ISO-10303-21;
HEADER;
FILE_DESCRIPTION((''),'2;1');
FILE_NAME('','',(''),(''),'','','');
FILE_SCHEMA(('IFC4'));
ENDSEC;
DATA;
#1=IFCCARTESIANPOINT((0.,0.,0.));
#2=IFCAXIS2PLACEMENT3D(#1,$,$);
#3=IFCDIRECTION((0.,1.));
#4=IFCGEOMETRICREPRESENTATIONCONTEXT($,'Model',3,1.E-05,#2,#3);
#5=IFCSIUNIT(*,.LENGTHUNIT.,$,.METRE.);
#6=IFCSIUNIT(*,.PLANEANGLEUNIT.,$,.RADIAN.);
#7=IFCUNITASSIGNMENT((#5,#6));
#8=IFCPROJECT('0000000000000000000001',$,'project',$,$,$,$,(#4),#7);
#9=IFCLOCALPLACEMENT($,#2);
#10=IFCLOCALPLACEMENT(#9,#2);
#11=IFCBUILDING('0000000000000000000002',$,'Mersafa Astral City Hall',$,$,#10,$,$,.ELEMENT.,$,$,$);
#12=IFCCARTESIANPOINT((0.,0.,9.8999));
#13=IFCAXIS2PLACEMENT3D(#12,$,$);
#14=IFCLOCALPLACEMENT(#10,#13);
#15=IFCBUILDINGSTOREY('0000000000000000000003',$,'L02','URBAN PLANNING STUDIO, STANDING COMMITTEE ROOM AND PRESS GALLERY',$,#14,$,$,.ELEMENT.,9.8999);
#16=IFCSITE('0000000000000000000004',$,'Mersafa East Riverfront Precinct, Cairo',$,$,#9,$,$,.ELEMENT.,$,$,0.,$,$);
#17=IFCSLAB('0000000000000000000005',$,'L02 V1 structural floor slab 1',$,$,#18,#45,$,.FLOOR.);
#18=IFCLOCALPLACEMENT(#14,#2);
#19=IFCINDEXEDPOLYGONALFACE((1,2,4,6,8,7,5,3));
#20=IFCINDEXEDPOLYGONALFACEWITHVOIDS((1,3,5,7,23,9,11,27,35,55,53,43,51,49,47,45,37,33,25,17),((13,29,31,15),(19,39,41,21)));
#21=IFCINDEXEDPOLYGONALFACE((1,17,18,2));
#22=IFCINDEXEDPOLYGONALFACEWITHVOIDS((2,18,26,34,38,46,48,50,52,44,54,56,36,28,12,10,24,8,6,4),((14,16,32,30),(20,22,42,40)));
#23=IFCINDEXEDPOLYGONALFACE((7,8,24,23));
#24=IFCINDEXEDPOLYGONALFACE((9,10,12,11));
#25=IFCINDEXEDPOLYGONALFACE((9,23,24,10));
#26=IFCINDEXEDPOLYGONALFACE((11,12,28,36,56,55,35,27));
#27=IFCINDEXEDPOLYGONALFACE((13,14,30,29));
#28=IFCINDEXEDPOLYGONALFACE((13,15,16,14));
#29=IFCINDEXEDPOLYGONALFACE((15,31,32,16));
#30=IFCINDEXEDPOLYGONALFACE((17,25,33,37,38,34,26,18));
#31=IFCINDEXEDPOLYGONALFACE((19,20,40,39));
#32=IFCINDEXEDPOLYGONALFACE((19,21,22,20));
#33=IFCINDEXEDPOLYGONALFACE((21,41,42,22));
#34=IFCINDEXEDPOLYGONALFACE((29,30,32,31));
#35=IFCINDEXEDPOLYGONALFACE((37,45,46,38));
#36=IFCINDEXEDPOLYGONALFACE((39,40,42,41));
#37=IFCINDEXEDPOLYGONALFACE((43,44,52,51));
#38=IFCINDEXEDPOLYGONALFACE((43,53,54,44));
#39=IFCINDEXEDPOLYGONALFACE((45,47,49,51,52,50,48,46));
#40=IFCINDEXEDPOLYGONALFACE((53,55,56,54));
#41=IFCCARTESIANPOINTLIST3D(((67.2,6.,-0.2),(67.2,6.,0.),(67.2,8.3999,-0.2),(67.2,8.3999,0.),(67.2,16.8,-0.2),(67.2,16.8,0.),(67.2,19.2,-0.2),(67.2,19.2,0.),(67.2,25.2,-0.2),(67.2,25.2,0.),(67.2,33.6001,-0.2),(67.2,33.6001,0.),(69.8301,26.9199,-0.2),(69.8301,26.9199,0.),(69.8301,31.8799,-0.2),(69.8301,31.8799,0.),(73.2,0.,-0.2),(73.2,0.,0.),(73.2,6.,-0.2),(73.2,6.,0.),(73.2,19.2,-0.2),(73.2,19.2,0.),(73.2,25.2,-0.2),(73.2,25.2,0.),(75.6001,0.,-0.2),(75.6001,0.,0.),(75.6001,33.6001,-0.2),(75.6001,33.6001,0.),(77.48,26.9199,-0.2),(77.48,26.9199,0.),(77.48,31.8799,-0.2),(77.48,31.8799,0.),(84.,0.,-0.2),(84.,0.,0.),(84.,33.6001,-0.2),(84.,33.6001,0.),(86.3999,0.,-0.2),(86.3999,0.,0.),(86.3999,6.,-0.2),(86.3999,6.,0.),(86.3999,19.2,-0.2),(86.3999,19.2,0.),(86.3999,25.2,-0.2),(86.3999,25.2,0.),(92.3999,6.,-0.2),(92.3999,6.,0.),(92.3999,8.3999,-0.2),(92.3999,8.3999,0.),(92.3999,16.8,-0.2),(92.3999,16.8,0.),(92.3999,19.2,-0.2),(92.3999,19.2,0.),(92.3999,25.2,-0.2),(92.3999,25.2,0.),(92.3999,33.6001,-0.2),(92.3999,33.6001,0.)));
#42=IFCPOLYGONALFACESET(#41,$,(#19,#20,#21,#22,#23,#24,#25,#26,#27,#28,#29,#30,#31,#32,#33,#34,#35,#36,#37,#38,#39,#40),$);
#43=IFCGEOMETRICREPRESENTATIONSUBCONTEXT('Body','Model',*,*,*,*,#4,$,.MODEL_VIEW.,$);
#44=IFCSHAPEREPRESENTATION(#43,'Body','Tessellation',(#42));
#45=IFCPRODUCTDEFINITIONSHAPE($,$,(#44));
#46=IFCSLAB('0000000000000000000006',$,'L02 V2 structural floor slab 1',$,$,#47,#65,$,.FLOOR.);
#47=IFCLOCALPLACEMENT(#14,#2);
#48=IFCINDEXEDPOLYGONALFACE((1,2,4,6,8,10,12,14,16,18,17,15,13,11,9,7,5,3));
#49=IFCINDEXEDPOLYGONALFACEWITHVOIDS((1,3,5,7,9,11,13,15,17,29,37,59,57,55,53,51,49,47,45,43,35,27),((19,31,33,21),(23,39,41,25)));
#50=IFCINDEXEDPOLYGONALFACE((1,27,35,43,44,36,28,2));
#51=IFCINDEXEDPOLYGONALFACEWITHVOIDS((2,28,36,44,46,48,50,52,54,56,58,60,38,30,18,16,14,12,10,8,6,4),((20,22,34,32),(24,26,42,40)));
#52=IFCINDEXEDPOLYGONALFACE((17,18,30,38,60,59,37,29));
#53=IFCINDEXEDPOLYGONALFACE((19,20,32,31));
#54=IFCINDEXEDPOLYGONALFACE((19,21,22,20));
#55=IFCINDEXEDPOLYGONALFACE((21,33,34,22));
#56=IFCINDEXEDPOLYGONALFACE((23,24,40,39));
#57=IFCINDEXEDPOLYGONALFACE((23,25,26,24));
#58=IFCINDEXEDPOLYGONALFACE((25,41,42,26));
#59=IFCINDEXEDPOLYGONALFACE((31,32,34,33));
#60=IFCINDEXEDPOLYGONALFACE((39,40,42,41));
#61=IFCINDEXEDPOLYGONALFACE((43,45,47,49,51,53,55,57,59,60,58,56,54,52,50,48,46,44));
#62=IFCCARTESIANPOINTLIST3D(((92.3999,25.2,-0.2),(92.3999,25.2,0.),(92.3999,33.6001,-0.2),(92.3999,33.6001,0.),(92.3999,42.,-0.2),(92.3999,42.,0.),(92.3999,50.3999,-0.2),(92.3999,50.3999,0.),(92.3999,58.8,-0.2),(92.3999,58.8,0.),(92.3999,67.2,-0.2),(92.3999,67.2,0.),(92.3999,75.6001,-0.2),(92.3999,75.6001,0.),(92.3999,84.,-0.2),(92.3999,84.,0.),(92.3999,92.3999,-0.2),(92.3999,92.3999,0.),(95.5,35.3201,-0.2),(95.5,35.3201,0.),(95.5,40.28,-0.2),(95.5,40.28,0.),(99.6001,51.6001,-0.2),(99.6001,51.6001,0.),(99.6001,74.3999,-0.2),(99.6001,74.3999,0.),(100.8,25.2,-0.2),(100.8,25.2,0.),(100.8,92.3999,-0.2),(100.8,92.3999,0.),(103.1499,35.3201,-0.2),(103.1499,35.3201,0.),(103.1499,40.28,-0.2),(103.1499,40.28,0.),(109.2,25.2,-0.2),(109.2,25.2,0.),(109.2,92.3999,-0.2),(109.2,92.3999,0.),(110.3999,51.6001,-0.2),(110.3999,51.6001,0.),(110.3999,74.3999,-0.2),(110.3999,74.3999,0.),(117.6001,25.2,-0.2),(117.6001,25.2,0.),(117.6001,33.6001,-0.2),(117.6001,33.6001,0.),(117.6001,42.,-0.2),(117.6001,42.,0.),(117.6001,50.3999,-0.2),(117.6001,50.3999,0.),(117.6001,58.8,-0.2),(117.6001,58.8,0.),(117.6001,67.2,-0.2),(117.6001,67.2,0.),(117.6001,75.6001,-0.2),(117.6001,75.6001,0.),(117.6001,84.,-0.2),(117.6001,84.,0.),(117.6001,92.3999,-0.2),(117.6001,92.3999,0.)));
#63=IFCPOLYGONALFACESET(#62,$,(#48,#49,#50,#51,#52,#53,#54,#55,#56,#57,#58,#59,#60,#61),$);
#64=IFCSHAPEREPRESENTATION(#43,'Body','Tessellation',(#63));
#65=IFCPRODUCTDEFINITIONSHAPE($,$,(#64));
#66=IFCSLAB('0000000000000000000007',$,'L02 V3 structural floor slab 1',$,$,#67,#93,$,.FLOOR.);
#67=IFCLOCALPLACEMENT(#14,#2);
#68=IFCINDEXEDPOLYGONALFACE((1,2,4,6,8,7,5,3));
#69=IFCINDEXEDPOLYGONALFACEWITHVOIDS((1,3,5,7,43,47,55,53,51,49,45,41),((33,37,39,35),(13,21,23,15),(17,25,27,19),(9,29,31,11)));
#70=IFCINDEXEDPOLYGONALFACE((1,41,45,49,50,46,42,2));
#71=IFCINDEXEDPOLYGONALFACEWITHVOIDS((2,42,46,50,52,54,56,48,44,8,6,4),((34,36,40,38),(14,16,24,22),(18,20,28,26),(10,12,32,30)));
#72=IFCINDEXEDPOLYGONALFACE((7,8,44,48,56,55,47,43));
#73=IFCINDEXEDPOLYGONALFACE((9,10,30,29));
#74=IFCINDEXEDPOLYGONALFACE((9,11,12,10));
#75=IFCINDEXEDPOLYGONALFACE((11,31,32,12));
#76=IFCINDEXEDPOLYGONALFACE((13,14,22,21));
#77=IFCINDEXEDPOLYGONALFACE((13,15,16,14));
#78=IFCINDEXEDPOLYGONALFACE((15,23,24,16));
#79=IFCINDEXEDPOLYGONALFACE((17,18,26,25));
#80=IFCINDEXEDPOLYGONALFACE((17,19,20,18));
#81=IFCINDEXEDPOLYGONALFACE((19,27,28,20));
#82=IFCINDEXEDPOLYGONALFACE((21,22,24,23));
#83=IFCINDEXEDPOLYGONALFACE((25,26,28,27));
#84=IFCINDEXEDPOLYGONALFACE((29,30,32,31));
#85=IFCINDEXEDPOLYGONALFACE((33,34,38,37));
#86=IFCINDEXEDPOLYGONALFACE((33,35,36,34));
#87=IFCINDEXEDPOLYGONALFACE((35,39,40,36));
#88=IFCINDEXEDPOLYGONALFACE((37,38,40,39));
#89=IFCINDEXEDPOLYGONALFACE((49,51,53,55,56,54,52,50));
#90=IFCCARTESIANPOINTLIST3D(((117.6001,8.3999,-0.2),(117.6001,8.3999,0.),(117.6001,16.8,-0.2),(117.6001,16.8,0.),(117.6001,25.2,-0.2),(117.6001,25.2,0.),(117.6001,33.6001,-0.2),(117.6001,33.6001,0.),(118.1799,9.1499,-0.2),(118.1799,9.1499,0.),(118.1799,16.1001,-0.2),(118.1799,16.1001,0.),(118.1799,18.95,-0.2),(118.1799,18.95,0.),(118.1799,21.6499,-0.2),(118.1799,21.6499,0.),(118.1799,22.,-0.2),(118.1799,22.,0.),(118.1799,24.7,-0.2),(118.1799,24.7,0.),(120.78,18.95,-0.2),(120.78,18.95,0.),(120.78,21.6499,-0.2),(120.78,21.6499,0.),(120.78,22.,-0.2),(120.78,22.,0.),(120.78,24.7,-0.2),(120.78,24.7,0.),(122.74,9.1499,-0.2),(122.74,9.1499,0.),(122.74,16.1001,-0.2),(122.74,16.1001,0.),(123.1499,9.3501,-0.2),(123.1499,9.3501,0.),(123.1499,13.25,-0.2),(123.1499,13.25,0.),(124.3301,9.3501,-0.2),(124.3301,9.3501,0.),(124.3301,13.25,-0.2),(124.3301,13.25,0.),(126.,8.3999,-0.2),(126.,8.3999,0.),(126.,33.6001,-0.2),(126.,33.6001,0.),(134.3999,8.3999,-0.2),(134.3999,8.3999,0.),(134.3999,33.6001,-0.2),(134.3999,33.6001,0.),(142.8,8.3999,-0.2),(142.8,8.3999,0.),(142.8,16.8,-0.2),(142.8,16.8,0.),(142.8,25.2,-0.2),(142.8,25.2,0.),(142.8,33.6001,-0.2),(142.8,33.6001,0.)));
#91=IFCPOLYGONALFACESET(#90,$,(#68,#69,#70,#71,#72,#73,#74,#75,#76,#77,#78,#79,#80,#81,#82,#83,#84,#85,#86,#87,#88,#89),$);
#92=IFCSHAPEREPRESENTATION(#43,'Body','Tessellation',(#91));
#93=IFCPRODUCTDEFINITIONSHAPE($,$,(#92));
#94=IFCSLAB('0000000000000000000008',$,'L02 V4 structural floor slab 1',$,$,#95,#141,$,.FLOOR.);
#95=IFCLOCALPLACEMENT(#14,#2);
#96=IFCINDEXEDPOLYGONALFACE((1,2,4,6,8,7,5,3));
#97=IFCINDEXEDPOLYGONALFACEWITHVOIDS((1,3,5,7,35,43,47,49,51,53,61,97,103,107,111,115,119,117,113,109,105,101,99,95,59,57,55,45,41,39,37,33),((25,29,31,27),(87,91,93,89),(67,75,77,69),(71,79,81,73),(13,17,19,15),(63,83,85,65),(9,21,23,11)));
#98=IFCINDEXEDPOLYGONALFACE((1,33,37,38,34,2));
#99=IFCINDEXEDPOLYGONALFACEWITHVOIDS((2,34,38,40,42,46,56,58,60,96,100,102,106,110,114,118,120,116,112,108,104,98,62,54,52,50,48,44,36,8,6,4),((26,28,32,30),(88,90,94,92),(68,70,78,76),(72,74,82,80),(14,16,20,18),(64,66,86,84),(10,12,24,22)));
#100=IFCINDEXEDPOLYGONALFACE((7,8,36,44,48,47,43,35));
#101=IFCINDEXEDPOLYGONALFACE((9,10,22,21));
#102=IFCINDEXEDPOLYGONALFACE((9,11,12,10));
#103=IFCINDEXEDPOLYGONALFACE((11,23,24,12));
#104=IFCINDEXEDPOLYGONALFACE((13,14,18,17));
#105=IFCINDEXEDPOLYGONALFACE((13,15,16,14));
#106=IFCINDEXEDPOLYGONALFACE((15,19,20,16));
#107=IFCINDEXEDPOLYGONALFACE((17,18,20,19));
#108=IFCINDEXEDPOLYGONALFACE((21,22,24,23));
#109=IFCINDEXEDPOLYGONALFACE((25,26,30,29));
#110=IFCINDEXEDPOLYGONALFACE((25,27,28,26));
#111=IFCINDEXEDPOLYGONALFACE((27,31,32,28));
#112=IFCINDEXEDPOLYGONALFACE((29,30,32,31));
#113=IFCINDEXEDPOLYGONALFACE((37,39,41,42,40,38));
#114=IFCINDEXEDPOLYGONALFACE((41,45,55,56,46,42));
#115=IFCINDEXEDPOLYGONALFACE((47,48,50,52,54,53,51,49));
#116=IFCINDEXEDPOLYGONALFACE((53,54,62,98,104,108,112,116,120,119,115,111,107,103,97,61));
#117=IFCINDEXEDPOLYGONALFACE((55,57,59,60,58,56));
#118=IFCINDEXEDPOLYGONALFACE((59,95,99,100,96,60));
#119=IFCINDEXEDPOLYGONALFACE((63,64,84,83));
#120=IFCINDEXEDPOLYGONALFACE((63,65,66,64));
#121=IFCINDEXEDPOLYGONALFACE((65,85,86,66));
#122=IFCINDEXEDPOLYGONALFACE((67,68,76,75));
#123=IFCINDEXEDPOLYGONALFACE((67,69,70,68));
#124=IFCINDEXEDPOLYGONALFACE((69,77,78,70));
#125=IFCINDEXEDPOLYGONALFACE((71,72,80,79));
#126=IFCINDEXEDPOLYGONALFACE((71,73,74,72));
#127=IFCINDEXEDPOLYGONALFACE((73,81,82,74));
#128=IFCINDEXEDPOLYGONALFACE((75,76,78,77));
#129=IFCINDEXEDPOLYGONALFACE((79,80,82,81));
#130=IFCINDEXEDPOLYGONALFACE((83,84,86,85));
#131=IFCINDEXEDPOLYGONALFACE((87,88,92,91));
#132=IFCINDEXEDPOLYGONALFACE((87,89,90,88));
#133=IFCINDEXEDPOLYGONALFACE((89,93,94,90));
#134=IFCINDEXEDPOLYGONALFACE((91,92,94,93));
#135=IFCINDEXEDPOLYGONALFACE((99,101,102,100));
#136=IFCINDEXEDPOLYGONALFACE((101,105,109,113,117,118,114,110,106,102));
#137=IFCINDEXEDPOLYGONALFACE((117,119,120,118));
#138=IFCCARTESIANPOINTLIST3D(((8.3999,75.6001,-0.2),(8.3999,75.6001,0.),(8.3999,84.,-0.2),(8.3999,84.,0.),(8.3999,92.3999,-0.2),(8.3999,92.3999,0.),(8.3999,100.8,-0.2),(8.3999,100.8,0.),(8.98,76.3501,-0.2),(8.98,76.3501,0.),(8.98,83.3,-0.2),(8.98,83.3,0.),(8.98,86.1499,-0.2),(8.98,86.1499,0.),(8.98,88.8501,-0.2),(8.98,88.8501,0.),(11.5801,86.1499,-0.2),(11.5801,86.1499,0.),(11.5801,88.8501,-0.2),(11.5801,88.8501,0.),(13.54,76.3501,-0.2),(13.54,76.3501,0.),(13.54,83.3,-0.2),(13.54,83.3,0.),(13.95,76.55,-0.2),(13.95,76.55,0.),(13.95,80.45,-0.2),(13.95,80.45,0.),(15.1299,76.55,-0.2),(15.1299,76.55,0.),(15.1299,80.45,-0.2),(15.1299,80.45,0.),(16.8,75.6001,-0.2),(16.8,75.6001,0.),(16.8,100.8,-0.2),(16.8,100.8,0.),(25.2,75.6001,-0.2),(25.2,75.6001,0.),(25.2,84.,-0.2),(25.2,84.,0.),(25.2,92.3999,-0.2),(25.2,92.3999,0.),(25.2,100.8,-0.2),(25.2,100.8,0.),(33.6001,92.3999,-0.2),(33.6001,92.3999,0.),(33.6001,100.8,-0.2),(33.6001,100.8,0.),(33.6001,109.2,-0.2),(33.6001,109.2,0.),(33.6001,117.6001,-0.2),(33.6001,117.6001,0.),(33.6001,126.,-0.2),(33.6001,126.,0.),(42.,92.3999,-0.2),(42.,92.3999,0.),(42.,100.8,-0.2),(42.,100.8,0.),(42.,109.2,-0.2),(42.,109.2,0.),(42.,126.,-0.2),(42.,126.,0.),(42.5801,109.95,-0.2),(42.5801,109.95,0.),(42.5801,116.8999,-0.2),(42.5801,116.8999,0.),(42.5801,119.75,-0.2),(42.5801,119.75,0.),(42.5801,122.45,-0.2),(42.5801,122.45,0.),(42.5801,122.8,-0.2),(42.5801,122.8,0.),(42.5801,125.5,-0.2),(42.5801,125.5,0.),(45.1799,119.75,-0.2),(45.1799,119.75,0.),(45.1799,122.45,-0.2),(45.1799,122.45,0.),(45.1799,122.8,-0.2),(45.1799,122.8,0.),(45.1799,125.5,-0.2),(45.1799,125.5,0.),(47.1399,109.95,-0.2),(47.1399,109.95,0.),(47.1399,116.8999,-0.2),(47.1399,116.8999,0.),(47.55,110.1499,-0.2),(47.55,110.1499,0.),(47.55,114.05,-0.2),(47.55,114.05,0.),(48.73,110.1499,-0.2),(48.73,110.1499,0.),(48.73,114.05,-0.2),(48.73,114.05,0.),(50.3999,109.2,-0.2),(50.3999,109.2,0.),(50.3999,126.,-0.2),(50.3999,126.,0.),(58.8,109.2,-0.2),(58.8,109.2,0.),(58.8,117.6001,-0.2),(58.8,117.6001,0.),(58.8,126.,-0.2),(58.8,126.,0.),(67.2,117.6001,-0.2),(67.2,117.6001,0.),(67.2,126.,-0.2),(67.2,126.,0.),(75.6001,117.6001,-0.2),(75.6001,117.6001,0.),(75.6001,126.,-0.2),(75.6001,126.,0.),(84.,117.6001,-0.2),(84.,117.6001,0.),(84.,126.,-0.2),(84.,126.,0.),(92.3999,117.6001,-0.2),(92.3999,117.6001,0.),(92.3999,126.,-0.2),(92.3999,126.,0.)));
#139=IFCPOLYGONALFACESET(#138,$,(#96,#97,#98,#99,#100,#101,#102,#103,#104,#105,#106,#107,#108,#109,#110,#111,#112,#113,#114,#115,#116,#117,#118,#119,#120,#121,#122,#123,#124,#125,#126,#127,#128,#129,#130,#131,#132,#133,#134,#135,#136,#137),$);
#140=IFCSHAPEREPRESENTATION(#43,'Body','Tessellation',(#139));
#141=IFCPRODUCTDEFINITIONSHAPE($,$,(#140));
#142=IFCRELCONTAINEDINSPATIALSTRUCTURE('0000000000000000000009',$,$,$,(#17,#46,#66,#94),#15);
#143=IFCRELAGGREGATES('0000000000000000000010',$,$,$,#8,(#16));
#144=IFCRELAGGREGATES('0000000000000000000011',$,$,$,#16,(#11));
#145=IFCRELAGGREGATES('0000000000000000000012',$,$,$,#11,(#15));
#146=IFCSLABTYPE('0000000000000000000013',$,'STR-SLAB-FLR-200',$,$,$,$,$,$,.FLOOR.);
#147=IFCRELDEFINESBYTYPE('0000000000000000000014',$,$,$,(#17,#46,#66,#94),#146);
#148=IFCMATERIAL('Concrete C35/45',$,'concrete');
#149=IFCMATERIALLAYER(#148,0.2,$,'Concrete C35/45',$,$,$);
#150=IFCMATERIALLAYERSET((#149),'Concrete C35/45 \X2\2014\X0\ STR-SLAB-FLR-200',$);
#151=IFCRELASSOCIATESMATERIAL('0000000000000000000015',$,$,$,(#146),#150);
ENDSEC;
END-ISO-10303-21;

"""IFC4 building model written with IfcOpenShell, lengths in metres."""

from ifc_helpers import new_model, si_unit, direction, frame, origin, place, context, subcontext, project, spatial, polyline, outline, extrude, material, layer, layer_set, type_object, element, save


model = new_model("IFC4")

# Units and contexts
model_context = context("Model", 3, precision=1e-05, world=origin(), true_north=direction((0.0, 1.0)))
body_context = subcontext(model_context, "Body", "Model", "MODEL_VIEW")
ifc_project = project(units=[si_unit("LENGTHUNIT", "METRE"), si_unit("PLANEANGLEUNIT", "RADIAN")], contexts=[model_context])

# Site, building, storey
site_placement = place(None, origin())
site = spatial("IfcSite", under=ifc_project, at=site_placement, Name="Mersafa East Riverfront Precinct, Cairo", CompositionType="ELEMENT", RefElevation=0.0)
building_placement = place(site_placement, origin())
building = spatial("IfcBuilding", under=site, at=building_placement, Name="Mersafa Astral City Hall", CompositionType="ELEMENT")
storey_placement = place(building_placement, frame((0.0, 0.0, 9.8999)))
storey = spatial("IfcBuildingStorey", under=building, at=storey_placement, Name="L02", Description="URBAN PLANNING STUDIO, STANDING COMMITTEE ROOM AND PRESS GALLERY", CompositionType="ELEMENT", Elevation=9.8999)

# Slabs
ifc_material_1 = material(Name="Concrete C35/45", Category="concrete")
ifc_layer_1 = layer(ifc_material_1, 0.2, Name="Concrete C35/45")
ifc_layer_set_1 = layer_set([ifc_layer_1], Name="Concrete C35/45 — STR-SLAB-FLR-200")
slab_type_1 = type_object("IfcSlabType", Name="STR-SLAB-FLR-200", PredefinedType="FLOOR", material=ifc_layer_set_1)
slab_1_placement = place(storey_placement, frame((0.0, 0.0, -0.2)))
element("IfcSlab", 1, at=slab_1_placement, inside=storey, type_object=slab_type_1, Name="L02 V1 structural floor slab 1", PredefinedType="FLOOR", context=body_context, shape_type="SweptSolid", body=[
    extrude(outline(polyline([(73.2, 25.2), (67.2, 25.2), (67.2, 25.2), (67.2, 33.6001), (75.6001, 33.6001), (84.0, 33.6001), (92.3999, 33.6001), (92.3999, 25.2), (92.3999, 25.2), (86.3999, 25.2), (92.3999, 19.2), (92.3999, 16.8), (92.3999, 8.3999), (92.3999, 6.0), (86.3999, 0.0), (84.0, 0.0), (75.6001, 0.0), (73.2, 0.0), (67.2, 6.0), (67.2, 8.3999), (67.2, 16.8), (67.2, 19.2), (73.2, 25.2)]), holes=[polyline([(86.3999, 19.2), (73.2, 19.2), (73.2, 6.0), (86.3999, 6.0), (86.3999, 19.2)]), polyline([(77.48, 26.9199), (77.48, 31.8799), (69.8301, 31.8799), (69.8301, 26.9199), (77.48, 26.9199)])]), origin(), (0.0, 0.0, 1.0), 0.2),
])
slab_2_placement = place(storey_placement, frame((0.0, 0.0, -0.2)))
element("IfcSlab", 2, at=slab_2_placement, inside=storey, type_object=slab_type_1, Name="L02 V2 structural floor slab 1", PredefinedType="FLOOR", context=body_context, shape_type="SweptSolid", body=[
    extrude(outline(polyline([(92.3999, 50.3999), (92.3999, 58.8), (92.3999, 67.2), (92.3999, 75.6001), (92.3999, 84.0), (92.3999, 92.3999), (100.8, 92.3999), (109.2, 92.3999), (117.6001, 92.3999), (117.6001, 84.0), (117.6001, 75.6001), (117.6001, 67.2), (117.6001, 58.8), (117.6001, 50.3999), (117.6001, 42.0), (117.6001, 33.6001), (117.6001, 25.2), (109.2, 25.2), (100.8, 25.2), (92.3999, 25.2), (92.3999, 33.6001), (92.3999, 42.0), (92.3999, 50.3999)]), holes=[polyline([(95.5, 35.3201), (103.1499, 35.3201), (103.1499, 40.28), (95.5, 40.28), (95.5, 35.3201)]), polyline([(110.3999, 51.6001), (110.3999, 74.3999), (99.6001, 74.3999), (99.6001, 51.6001), (110.3999, 51.6001)])]), origin(), (0.0, 0.0, 1.0), 0.2),
])
slab_3_placement = place(storey_placement, frame((0.0, 0.0, -0.2)))
element("IfcSlab", 3, at=slab_3_placement, inside=storey, type_object=slab_type_1, Name="L02 V3 structural floor slab 1", PredefinedType="FLOOR", context=body_context, shape_type="SweptSolid", body=[
    extrude(outline(polyline([(117.6001, 33.6001), (126.0, 33.6001), (134.3999, 33.6001), (142.8, 33.6001), (142.8, 25.2), (142.8, 16.8), (142.8, 8.3999), (134.3999, 8.3999), (126.0, 8.3999), (117.6001, 8.3999), (117.6001, 16.8), (117.6001, 25.2), (117.6001, 33.6001)]), holes=[polyline([(120.78, 18.95), (120.78, 21.6499), (118.1799, 21.6499), (118.1799, 18.95), (120.78, 18.95)]), polyline([(120.78, 22.0), (120.78, 24.7), (118.1799, 24.7), (118.1799, 22.0), (120.78, 22.0)]), polyline([(124.3301, 13.25), (123.1499, 13.25), (123.1499, 9.3501), (124.3301, 9.3501), (124.3301, 13.25)]), polyline([(118.1799, 16.1001), (118.1799, 9.1499), (122.74, 9.1499), (122.74, 16.1001), (118.1799, 16.1001)])]), origin(), (0.0, 0.0, 1.0), 0.2),
])
slab_4_placement = place(storey_placement, frame((0.0, 0.0, -0.2)))
element("IfcSlab", 4, at=slab_4_placement, inside=storey, type_object=slab_type_1, Name="L02 V4 structural floor slab 1", PredefinedType="FLOOR", context=body_context, shape_type="SweptSolid", body=[
    extrude(outline(polyline([(16.8, 100.8), (25.2, 100.8), (33.6001, 100.8), (33.6001, 109.2), (33.6001, 117.6001), (33.6001, 126.0), (42.0, 126.0), (50.3999, 126.0), (58.8, 126.0), (67.2, 126.0), (75.6001, 126.0), (84.0, 126.0), (92.3999, 126.0), (92.3999, 117.6001), (84.0, 117.6001), (75.6001, 117.6001), (67.2, 117.6001), (58.8, 117.6001), (58.8, 109.2), (50.3999, 109.2), (42.0, 109.2), (42.0, 100.8), (42.0, 92.3999), (33.6001, 92.3999), (25.2, 92.3999), (25.2, 84.0), (25.2, 75.6001), (16.8, 75.6001), (8.3999, 75.6001), (8.3999, 84.0), (8.3999, 92.3999), (8.3999, 100.8), (16.8, 100.8)]), holes=[polyline([(15.1299, 80.45), (13.95, 80.45), (13.95, 76.55), (15.1299, 76.55), (15.1299, 80.45)]), polyline([(8.98, 83.3), (8.98, 76.3501), (13.54, 76.3501), (13.54, 83.3), (8.98, 83.3)]), polyline([(11.5801, 86.1499), (11.5801, 88.8501), (8.98, 88.8501), (8.98, 86.1499), (11.5801, 86.1499)]), polyline([(48.73, 110.1499), (48.73, 114.05), (47.55, 114.05), (47.55, 110.1499), (48.73, 110.1499)]), polyline([(42.5801, 116.8999), (42.5801, 109.95), (47.1399, 109.95), (47.1399, 116.8999), (42.5801, 116.8999)]), polyline([(45.1799, 119.75), (45.1799, 122.45), (42.5801, 122.45), (42.5801, 119.75), (45.1799, 119.75)]), polyline([(45.1799, 122.8), (45.1799, 125.5), (42.5801, 125.5), (42.5801, 122.8), (45.1799, 122.8)])]), origin(), (0.0, 0.0, 1.0), 0.2),
])

save(model, "model.ifc")
